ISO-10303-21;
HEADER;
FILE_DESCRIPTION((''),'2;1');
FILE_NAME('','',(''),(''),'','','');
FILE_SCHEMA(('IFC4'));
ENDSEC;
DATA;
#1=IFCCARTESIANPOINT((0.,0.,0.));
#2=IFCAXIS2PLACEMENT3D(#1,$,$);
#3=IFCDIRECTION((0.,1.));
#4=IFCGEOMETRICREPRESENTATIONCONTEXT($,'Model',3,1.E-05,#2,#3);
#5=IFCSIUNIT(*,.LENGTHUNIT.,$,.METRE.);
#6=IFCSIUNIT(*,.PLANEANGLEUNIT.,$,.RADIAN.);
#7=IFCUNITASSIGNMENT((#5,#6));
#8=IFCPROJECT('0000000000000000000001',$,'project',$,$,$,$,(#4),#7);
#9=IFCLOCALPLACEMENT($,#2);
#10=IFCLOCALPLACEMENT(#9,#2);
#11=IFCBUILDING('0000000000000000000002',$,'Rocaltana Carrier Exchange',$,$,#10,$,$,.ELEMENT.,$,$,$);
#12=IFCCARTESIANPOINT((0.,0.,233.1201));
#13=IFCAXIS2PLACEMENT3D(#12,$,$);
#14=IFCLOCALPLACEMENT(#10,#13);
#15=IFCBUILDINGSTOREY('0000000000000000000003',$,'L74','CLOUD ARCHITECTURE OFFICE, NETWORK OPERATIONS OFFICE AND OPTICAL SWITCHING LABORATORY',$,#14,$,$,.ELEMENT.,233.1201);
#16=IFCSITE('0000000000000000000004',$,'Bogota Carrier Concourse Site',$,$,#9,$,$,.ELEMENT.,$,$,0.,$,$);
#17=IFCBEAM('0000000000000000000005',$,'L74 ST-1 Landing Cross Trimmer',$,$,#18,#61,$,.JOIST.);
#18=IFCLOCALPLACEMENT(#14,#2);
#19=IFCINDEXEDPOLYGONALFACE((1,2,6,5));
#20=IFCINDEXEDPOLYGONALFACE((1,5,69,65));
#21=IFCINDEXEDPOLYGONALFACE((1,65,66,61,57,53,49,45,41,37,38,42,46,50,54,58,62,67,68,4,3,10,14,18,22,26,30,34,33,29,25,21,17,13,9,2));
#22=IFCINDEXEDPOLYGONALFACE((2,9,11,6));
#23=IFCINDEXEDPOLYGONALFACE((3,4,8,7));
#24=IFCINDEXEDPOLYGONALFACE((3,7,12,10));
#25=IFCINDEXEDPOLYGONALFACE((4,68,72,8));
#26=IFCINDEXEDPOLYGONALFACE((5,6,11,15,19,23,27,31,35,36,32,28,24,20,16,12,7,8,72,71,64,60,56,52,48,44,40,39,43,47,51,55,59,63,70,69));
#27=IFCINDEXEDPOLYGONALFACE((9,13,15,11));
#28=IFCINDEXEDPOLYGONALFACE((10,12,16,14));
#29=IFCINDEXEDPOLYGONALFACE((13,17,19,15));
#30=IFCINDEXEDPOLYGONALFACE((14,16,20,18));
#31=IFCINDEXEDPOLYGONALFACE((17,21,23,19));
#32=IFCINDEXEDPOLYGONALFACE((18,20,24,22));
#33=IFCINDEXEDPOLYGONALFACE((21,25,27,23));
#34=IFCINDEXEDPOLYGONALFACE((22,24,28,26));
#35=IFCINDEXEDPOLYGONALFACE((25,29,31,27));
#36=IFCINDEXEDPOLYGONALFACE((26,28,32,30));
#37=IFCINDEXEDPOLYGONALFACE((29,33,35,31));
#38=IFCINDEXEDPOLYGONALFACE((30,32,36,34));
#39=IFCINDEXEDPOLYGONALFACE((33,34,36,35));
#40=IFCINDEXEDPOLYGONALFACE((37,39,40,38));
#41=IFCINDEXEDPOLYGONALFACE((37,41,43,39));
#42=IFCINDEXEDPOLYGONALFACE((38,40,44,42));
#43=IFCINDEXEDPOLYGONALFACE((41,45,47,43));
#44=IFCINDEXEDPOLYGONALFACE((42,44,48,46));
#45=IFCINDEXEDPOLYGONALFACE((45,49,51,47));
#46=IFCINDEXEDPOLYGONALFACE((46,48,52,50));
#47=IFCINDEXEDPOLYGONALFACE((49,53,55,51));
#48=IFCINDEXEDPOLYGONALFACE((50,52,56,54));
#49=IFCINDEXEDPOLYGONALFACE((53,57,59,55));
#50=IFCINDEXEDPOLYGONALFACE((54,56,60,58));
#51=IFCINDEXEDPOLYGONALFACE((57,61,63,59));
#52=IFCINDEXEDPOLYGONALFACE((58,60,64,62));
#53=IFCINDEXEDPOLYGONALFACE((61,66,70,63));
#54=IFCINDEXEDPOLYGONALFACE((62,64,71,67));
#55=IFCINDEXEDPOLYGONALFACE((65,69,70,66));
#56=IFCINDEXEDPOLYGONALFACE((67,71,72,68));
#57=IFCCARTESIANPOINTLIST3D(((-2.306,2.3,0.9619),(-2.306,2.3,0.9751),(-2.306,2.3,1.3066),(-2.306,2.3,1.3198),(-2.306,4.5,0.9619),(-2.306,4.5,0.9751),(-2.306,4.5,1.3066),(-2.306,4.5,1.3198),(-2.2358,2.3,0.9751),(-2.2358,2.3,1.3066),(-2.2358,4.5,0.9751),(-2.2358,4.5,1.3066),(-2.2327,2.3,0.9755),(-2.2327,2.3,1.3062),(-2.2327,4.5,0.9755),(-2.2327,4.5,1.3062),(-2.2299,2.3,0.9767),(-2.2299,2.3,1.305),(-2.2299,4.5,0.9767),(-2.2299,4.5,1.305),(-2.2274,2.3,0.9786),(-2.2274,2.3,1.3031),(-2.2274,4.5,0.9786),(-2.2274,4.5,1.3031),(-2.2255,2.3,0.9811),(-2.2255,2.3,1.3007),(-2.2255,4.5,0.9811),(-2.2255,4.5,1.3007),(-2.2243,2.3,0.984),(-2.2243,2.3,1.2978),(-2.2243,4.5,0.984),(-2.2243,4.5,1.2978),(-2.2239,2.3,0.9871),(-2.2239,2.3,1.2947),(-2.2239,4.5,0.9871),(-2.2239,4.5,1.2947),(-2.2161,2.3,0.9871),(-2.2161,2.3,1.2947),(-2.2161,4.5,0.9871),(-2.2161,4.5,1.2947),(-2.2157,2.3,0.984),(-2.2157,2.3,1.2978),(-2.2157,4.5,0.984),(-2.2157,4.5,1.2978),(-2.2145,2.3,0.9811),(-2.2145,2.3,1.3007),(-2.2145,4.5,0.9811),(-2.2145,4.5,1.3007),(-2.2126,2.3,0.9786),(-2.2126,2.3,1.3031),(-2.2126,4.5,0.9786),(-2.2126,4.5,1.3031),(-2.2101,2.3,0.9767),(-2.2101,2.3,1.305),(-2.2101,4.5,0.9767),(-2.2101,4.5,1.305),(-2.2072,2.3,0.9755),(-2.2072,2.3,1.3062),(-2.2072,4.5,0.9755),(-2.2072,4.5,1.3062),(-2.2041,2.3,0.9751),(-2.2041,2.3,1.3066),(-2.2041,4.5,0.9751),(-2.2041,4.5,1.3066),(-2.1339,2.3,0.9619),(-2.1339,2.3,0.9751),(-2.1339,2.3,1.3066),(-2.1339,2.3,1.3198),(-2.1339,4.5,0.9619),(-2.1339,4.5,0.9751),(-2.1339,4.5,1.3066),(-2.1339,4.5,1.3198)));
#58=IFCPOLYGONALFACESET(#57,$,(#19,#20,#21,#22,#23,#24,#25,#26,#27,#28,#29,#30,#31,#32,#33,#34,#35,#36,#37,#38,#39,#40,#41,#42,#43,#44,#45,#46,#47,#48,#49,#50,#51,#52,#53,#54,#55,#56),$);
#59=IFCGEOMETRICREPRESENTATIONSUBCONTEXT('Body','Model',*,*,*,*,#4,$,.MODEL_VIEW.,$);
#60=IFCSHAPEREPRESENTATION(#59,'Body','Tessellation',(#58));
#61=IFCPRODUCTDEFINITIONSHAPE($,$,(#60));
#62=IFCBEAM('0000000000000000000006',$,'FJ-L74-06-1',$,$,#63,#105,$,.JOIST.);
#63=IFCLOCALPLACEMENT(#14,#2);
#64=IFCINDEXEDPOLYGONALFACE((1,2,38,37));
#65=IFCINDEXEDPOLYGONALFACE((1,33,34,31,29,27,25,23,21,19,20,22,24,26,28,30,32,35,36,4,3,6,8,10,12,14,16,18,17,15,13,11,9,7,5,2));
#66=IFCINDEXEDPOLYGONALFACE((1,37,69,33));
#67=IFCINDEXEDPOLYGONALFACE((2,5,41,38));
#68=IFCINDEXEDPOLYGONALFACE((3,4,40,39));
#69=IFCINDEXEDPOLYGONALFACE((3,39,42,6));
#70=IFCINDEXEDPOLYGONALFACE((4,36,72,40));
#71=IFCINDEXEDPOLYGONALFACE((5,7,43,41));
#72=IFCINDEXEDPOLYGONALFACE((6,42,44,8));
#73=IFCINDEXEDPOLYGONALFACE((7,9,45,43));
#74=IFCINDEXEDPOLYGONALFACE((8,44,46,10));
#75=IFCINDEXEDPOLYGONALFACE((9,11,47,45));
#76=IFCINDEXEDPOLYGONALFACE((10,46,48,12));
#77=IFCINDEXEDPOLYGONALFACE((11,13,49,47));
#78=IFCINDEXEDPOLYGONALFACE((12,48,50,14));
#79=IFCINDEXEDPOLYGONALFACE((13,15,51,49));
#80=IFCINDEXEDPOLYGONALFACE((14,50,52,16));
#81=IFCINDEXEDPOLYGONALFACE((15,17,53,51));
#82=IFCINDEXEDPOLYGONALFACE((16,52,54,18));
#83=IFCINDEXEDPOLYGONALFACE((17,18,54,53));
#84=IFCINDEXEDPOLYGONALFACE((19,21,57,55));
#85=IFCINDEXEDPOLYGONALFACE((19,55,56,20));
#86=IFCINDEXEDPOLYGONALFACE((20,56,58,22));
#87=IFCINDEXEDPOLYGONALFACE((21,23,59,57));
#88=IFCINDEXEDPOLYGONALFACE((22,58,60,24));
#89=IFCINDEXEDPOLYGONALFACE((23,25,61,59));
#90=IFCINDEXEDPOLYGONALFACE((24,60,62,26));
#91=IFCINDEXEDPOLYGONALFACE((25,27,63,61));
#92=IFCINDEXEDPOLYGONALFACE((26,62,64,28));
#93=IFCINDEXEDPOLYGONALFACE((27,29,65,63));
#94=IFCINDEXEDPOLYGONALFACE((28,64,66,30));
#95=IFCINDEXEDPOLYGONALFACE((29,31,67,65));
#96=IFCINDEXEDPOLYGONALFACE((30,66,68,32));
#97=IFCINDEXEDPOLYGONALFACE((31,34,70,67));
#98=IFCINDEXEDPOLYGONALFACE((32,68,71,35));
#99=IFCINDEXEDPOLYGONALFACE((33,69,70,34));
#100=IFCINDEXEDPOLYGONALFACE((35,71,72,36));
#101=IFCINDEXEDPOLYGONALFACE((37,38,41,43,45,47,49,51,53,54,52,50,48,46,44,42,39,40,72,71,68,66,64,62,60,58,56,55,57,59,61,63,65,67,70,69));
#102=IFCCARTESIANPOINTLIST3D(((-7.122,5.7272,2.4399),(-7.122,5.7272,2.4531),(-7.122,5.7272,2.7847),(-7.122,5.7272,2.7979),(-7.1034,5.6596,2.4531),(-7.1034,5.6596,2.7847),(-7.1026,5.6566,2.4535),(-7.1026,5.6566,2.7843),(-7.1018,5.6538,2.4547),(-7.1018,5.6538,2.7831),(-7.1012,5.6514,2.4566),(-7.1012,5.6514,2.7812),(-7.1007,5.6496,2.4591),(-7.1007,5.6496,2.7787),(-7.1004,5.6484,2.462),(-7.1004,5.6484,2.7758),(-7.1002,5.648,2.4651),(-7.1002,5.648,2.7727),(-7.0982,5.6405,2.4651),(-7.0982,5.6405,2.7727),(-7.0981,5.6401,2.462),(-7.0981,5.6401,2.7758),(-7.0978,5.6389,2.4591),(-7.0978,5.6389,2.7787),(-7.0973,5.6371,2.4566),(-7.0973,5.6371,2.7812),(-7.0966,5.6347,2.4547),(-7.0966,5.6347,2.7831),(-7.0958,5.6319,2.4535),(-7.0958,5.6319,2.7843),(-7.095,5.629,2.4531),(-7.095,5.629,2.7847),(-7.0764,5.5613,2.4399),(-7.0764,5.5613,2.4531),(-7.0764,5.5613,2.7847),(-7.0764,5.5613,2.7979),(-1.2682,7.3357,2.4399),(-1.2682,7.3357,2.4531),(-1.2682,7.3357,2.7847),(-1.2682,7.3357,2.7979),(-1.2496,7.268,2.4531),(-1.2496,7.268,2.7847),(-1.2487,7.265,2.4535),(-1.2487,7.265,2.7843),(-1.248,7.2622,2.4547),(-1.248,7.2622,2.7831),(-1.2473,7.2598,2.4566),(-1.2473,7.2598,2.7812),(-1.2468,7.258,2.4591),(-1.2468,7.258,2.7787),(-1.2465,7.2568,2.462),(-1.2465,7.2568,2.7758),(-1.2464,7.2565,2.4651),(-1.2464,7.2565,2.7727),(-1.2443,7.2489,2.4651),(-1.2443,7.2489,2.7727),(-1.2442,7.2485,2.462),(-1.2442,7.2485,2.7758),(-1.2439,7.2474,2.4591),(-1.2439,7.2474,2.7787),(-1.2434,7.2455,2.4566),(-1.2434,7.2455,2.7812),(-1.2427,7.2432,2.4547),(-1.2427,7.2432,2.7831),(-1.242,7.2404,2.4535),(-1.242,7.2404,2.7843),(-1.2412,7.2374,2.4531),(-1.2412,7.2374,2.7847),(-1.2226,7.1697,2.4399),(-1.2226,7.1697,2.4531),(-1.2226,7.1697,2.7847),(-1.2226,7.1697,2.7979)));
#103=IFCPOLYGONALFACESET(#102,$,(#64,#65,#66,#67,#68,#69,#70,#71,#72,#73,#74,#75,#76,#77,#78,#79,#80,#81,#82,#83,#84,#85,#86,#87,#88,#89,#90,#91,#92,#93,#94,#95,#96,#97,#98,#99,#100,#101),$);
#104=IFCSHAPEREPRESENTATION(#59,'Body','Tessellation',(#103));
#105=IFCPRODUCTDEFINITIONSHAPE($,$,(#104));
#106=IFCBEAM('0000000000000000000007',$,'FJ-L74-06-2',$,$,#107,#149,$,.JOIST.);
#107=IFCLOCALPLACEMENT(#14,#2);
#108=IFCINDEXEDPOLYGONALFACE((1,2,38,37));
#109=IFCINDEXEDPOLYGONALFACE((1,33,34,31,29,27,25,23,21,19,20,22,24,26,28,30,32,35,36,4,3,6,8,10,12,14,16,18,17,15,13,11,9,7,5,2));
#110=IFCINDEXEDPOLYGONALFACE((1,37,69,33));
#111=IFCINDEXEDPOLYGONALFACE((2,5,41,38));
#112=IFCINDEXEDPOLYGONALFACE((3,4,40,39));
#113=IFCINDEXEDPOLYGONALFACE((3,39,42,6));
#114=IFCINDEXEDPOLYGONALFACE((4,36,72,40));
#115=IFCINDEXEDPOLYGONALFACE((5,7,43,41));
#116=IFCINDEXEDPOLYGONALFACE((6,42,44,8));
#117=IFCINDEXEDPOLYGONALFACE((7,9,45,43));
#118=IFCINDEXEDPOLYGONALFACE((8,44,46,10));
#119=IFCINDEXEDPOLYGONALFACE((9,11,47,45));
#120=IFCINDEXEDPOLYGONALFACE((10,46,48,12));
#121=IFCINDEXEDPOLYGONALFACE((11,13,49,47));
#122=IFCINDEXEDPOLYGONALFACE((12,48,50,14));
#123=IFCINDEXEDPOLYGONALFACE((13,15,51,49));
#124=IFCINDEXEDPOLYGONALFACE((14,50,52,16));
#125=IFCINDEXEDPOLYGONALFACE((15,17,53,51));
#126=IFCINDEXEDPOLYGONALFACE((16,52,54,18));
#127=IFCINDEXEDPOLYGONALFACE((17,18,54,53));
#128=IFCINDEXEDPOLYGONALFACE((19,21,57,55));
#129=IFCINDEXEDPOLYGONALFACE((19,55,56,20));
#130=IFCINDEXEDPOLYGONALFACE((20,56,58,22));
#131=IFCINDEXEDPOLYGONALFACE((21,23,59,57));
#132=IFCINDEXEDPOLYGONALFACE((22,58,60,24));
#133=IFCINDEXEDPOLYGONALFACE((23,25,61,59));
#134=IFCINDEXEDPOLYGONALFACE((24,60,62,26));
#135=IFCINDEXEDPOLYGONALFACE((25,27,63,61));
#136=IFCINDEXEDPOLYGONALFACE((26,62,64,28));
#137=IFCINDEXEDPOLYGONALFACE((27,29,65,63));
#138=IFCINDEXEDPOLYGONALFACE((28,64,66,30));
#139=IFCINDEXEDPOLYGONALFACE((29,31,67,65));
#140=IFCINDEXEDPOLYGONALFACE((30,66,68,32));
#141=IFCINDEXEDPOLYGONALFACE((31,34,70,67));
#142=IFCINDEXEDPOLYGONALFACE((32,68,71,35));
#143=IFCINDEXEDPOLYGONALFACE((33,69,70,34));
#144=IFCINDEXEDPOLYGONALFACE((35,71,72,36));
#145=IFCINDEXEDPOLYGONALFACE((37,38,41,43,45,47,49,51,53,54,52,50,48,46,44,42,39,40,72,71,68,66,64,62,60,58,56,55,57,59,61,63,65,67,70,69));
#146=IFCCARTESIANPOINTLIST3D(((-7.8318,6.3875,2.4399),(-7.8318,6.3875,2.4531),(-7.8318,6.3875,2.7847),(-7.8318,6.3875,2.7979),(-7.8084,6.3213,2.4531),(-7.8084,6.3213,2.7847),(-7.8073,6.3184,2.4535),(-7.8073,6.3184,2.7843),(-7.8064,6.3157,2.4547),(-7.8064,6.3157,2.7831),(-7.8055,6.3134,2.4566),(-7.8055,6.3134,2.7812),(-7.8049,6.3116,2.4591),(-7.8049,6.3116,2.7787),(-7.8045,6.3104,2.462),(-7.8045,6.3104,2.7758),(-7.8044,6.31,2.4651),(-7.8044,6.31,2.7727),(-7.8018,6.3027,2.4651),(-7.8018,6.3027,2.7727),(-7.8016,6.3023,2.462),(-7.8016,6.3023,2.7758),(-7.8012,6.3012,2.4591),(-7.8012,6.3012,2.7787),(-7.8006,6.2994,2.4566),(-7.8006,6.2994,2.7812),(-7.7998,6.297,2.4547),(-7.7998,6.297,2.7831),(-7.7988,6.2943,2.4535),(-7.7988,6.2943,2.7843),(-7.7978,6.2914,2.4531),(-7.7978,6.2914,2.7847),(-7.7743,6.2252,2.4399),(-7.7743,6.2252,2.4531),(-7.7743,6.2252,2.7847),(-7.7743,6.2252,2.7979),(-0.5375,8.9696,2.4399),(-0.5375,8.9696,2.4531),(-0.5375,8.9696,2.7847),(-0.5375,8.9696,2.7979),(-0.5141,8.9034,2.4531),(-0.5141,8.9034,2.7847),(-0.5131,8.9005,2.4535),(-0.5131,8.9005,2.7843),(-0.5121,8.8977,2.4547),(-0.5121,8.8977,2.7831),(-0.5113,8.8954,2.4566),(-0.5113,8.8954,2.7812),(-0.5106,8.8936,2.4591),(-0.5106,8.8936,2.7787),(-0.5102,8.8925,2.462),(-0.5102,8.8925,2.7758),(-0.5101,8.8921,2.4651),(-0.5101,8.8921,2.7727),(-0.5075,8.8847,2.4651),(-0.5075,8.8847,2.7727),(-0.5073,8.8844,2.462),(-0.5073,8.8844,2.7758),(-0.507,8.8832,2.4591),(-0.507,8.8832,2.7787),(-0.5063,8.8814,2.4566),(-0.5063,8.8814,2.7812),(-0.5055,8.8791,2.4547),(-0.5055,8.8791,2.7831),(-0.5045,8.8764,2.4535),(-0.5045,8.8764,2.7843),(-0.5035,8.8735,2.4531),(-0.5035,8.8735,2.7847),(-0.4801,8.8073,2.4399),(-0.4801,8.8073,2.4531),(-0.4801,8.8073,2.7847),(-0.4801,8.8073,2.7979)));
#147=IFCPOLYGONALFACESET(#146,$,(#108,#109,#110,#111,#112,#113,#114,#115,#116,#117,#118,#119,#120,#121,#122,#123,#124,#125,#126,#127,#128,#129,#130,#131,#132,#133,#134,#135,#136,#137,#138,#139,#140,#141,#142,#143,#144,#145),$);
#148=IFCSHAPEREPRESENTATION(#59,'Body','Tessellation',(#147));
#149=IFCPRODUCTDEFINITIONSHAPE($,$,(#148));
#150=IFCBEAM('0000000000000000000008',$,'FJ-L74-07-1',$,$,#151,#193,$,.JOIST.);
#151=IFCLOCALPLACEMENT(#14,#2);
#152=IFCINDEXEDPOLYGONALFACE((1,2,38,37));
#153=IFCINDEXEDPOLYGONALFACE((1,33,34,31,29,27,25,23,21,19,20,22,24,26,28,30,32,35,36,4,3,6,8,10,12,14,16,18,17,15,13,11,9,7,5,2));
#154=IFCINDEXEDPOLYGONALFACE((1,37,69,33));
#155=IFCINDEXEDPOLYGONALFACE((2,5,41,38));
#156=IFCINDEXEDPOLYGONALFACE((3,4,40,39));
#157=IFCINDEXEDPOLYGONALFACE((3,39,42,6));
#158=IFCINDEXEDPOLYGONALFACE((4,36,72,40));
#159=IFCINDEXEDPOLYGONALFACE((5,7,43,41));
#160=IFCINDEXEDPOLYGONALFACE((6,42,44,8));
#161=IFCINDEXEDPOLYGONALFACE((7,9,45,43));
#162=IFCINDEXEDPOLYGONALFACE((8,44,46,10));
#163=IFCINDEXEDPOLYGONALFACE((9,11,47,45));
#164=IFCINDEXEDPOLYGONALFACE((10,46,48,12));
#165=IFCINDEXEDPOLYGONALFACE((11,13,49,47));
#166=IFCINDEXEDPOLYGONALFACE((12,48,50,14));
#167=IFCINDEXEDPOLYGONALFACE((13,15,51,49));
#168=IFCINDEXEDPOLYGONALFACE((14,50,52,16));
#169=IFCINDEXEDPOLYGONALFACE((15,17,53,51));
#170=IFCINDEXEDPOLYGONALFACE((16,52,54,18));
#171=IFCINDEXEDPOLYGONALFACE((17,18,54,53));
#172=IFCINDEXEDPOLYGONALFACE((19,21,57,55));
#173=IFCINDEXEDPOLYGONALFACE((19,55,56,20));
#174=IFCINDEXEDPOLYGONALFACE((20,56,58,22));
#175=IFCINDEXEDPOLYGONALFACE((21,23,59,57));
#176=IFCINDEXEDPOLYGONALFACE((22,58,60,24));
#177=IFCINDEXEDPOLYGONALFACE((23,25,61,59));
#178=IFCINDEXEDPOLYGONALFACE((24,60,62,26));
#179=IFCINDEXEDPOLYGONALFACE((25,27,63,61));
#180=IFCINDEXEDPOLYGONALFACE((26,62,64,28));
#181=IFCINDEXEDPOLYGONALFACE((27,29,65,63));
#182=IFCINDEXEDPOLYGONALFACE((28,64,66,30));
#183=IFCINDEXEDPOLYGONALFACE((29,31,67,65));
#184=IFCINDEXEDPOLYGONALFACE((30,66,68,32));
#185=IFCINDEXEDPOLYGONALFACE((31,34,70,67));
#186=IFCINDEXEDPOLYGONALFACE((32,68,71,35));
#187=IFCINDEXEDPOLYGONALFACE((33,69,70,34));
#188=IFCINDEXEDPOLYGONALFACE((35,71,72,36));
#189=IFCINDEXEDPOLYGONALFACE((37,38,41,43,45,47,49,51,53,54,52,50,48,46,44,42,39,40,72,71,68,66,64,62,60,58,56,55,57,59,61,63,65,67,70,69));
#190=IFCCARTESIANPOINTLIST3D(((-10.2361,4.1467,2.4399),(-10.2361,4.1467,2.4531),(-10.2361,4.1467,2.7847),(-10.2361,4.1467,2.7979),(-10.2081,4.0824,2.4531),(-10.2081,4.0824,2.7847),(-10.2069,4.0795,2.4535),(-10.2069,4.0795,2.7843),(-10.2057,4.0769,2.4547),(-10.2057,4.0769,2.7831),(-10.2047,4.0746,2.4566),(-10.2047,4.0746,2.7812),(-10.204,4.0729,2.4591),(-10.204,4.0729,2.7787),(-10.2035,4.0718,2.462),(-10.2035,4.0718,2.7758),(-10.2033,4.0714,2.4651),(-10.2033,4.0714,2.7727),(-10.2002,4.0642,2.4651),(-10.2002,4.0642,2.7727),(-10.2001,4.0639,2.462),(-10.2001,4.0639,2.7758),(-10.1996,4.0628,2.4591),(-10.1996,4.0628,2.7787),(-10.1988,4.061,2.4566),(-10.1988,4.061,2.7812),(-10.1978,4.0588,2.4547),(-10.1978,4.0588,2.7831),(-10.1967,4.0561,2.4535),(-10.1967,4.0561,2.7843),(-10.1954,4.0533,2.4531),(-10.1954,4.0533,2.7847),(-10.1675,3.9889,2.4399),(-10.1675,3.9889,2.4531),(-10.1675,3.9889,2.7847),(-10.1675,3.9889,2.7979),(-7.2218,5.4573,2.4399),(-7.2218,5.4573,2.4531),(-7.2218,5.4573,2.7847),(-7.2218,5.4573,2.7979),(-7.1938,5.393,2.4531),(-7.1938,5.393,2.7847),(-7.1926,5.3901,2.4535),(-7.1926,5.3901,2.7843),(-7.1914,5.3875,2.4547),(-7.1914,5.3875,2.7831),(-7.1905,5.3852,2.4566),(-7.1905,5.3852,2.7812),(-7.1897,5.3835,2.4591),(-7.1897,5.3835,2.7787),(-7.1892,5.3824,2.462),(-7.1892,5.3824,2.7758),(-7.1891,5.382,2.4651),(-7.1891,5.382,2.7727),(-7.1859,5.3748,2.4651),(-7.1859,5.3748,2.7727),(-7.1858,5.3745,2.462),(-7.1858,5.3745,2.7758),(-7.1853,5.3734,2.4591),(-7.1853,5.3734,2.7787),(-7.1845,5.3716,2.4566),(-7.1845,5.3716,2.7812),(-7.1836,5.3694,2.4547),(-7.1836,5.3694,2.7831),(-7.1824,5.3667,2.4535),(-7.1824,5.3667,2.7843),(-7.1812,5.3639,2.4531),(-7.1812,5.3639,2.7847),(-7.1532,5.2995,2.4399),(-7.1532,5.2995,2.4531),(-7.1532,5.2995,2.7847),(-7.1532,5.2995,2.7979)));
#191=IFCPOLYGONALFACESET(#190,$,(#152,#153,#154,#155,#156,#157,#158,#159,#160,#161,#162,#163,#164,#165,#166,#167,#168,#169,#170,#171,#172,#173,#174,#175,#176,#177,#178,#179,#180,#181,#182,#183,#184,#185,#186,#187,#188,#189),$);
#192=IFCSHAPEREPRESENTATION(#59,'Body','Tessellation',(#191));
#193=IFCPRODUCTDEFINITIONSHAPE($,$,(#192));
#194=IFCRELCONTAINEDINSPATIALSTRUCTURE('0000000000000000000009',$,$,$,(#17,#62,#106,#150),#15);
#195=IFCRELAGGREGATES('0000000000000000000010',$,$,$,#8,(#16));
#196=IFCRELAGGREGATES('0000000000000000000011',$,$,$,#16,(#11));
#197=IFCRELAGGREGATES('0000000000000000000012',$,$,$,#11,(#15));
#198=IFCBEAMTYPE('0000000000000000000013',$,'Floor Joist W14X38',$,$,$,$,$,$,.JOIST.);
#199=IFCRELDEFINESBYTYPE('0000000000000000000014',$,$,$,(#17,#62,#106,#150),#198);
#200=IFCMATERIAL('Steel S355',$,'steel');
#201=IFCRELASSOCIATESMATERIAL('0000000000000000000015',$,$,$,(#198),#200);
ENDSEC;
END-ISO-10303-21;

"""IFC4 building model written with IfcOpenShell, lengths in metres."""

from ifc_helpers import new_model, si_unit, direction, frame, origin, origin_2d, place, context, subcontext, project, spatial, i_section, extrude, material, material_profile, profile_set, type_object, element, save


model = new_model("IFC4")

# Units and contexts
model_context = context("Model", 3, precision=1e-05, world=origin(), true_north=direction((0.0, 1.0)))
body_context = subcontext(model_context, "Body", "Model", "MODEL_VIEW")
ifc_project = project(units=[si_unit("LENGTHUNIT", "METRE"), si_unit("PLANEANGLEUNIT", "RADIAN")], contexts=[model_context])

# Site, building, storey
site_placement = place(None, origin())
site = spatial("IfcSite", under=ifc_project, at=site_placement, Name="Bogota Carrier Concourse Site", CompositionType="ELEMENT", RefElevation=0.0)
building_placement = place(site_placement, origin())
building = spatial("IfcBuilding", under=site, at=building_placement, Name="Rocaltana Carrier Exchange", CompositionType="ELEMENT")
storey_placement = place(building_placement, frame((0.0, 0.0, 233.1201)))
storey = spatial("IfcBuildingStorey", under=building, at=storey_placement, Name="L74", Description="CLOUD ARCHITECTURE OFFICE, NETWORK OPERATIONS OFFICE AND OPTICAL SWITCHING LABORATORY", CompositionType="ELEMENT", Elevation=233.1201)

# Beams
ifc_material_1 = material(Name="Steel S355", Category="steel")
ifc_material_profile_1 = material_profile(ifc_material_1, i_section(OverallWidth=0.1721, OverallDepth=0.3579, WebThickness=0.0078, FlangeThickness=0.0132, FilletRadius=0.012, at=origin_2d()), Name="W14X38")
ifc_profile_set_1 = profile_set([ifc_material_profile_1], Name="Steel S355")
beam_type_1 = type_object("IfcBeamType", Name="Floor Joist W14X38", PredefinedType="JOIST", material=ifc_profile_set_1)
beam_1_placement = place(storey_placement, frame((-2.22, 2.3, 1.1409), z_axis=(0.0, 1.0, 0.0), x_axis=(-1.0, 0.0, 0.0)))
element("IfcBeam", 1, at=beam_1_placement, inside=storey, type_object=beam_type_1, Name="L74 ST-1 Landing Cross Trimmer", PredefinedType="JOIST", context=body_context, shape_type="SweptSolid", body=[
    extrude(i_section(OverallWidth=0.1721, OverallDepth=0.3579, WebThickness=0.0078, FlangeThickness=0.0132, FilletRadius=0.012, at=origin_2d()), origin(), (0.0, 0.0, 1.0), 2.2),
])
beam_2_placement = place(storey_placement, frame((-1.2454, 7.2527, 2.6189), z_axis=(-0.964264, -0.264944, 0.0), x_axis=(0.264944, -0.964264, 0.0)))
element("IfcBeam", 2, at=beam_2_placement, inside=storey, type_object=beam_type_1, Name="FJ-L74-06-1", PredefinedType="JOIST", context=body_context, shape_type="SweptSolid", body=[
    extrude(i_section(OverallWidth=0.1721, OverallDepth=0.3579, WebThickness=0.0078, FlangeThickness=0.0132, FilletRadius=0.012, at=origin_2d()), origin(), (0.0, 0.0, 1.0), 6.0708),
])
beam_3_placement = place(storey_placement, frame((-0.5088, 8.8884, 2.6189), z_axis=(-0.942681, -0.333695, 0.0), x_axis=(0.333695, -0.942681, 0.0)))
element("IfcBeam", 3, at=beam_3_placement, inside=storey, type_object=beam_type_1, Name="FJ-L74-06-2", PredefinedType="JOIST", context=body_context, shape_type="SweptSolid", body=[
    extrude(i_section(OverallWidth=0.1721, OverallDepth=0.3579, WebThickness=0.0078, FlangeThickness=0.0132, FilletRadius=0.012, at=origin_2d()), origin(), (0.0, 0.0, 1.0), 7.7378),
])
beam_4_placement = place(storey_placement, frame((-7.1875, 5.3784, 2.6189), z_axis=(-0.917065, -0.398737, 0.0), x_axis=(0.398737, -0.917065, 0.0)))
element("IfcBeam", 4, at=beam_4_placement, inside=storey, type_object=beam_type_1, Name="FJ-L74-07-1", PredefinedType="JOIST", context=body_context, shape_type="SweptSolid", body=[
    extrude(i_section(OverallWidth=0.1721, OverallDepth=0.3579, WebThickness=0.0078, FlangeThickness=0.0132, FilletRadius=0.012, at=origin_2d()), origin(), (0.0, 0.0, 1.0), 3.2869),
])

save(model, "model.ifc")
